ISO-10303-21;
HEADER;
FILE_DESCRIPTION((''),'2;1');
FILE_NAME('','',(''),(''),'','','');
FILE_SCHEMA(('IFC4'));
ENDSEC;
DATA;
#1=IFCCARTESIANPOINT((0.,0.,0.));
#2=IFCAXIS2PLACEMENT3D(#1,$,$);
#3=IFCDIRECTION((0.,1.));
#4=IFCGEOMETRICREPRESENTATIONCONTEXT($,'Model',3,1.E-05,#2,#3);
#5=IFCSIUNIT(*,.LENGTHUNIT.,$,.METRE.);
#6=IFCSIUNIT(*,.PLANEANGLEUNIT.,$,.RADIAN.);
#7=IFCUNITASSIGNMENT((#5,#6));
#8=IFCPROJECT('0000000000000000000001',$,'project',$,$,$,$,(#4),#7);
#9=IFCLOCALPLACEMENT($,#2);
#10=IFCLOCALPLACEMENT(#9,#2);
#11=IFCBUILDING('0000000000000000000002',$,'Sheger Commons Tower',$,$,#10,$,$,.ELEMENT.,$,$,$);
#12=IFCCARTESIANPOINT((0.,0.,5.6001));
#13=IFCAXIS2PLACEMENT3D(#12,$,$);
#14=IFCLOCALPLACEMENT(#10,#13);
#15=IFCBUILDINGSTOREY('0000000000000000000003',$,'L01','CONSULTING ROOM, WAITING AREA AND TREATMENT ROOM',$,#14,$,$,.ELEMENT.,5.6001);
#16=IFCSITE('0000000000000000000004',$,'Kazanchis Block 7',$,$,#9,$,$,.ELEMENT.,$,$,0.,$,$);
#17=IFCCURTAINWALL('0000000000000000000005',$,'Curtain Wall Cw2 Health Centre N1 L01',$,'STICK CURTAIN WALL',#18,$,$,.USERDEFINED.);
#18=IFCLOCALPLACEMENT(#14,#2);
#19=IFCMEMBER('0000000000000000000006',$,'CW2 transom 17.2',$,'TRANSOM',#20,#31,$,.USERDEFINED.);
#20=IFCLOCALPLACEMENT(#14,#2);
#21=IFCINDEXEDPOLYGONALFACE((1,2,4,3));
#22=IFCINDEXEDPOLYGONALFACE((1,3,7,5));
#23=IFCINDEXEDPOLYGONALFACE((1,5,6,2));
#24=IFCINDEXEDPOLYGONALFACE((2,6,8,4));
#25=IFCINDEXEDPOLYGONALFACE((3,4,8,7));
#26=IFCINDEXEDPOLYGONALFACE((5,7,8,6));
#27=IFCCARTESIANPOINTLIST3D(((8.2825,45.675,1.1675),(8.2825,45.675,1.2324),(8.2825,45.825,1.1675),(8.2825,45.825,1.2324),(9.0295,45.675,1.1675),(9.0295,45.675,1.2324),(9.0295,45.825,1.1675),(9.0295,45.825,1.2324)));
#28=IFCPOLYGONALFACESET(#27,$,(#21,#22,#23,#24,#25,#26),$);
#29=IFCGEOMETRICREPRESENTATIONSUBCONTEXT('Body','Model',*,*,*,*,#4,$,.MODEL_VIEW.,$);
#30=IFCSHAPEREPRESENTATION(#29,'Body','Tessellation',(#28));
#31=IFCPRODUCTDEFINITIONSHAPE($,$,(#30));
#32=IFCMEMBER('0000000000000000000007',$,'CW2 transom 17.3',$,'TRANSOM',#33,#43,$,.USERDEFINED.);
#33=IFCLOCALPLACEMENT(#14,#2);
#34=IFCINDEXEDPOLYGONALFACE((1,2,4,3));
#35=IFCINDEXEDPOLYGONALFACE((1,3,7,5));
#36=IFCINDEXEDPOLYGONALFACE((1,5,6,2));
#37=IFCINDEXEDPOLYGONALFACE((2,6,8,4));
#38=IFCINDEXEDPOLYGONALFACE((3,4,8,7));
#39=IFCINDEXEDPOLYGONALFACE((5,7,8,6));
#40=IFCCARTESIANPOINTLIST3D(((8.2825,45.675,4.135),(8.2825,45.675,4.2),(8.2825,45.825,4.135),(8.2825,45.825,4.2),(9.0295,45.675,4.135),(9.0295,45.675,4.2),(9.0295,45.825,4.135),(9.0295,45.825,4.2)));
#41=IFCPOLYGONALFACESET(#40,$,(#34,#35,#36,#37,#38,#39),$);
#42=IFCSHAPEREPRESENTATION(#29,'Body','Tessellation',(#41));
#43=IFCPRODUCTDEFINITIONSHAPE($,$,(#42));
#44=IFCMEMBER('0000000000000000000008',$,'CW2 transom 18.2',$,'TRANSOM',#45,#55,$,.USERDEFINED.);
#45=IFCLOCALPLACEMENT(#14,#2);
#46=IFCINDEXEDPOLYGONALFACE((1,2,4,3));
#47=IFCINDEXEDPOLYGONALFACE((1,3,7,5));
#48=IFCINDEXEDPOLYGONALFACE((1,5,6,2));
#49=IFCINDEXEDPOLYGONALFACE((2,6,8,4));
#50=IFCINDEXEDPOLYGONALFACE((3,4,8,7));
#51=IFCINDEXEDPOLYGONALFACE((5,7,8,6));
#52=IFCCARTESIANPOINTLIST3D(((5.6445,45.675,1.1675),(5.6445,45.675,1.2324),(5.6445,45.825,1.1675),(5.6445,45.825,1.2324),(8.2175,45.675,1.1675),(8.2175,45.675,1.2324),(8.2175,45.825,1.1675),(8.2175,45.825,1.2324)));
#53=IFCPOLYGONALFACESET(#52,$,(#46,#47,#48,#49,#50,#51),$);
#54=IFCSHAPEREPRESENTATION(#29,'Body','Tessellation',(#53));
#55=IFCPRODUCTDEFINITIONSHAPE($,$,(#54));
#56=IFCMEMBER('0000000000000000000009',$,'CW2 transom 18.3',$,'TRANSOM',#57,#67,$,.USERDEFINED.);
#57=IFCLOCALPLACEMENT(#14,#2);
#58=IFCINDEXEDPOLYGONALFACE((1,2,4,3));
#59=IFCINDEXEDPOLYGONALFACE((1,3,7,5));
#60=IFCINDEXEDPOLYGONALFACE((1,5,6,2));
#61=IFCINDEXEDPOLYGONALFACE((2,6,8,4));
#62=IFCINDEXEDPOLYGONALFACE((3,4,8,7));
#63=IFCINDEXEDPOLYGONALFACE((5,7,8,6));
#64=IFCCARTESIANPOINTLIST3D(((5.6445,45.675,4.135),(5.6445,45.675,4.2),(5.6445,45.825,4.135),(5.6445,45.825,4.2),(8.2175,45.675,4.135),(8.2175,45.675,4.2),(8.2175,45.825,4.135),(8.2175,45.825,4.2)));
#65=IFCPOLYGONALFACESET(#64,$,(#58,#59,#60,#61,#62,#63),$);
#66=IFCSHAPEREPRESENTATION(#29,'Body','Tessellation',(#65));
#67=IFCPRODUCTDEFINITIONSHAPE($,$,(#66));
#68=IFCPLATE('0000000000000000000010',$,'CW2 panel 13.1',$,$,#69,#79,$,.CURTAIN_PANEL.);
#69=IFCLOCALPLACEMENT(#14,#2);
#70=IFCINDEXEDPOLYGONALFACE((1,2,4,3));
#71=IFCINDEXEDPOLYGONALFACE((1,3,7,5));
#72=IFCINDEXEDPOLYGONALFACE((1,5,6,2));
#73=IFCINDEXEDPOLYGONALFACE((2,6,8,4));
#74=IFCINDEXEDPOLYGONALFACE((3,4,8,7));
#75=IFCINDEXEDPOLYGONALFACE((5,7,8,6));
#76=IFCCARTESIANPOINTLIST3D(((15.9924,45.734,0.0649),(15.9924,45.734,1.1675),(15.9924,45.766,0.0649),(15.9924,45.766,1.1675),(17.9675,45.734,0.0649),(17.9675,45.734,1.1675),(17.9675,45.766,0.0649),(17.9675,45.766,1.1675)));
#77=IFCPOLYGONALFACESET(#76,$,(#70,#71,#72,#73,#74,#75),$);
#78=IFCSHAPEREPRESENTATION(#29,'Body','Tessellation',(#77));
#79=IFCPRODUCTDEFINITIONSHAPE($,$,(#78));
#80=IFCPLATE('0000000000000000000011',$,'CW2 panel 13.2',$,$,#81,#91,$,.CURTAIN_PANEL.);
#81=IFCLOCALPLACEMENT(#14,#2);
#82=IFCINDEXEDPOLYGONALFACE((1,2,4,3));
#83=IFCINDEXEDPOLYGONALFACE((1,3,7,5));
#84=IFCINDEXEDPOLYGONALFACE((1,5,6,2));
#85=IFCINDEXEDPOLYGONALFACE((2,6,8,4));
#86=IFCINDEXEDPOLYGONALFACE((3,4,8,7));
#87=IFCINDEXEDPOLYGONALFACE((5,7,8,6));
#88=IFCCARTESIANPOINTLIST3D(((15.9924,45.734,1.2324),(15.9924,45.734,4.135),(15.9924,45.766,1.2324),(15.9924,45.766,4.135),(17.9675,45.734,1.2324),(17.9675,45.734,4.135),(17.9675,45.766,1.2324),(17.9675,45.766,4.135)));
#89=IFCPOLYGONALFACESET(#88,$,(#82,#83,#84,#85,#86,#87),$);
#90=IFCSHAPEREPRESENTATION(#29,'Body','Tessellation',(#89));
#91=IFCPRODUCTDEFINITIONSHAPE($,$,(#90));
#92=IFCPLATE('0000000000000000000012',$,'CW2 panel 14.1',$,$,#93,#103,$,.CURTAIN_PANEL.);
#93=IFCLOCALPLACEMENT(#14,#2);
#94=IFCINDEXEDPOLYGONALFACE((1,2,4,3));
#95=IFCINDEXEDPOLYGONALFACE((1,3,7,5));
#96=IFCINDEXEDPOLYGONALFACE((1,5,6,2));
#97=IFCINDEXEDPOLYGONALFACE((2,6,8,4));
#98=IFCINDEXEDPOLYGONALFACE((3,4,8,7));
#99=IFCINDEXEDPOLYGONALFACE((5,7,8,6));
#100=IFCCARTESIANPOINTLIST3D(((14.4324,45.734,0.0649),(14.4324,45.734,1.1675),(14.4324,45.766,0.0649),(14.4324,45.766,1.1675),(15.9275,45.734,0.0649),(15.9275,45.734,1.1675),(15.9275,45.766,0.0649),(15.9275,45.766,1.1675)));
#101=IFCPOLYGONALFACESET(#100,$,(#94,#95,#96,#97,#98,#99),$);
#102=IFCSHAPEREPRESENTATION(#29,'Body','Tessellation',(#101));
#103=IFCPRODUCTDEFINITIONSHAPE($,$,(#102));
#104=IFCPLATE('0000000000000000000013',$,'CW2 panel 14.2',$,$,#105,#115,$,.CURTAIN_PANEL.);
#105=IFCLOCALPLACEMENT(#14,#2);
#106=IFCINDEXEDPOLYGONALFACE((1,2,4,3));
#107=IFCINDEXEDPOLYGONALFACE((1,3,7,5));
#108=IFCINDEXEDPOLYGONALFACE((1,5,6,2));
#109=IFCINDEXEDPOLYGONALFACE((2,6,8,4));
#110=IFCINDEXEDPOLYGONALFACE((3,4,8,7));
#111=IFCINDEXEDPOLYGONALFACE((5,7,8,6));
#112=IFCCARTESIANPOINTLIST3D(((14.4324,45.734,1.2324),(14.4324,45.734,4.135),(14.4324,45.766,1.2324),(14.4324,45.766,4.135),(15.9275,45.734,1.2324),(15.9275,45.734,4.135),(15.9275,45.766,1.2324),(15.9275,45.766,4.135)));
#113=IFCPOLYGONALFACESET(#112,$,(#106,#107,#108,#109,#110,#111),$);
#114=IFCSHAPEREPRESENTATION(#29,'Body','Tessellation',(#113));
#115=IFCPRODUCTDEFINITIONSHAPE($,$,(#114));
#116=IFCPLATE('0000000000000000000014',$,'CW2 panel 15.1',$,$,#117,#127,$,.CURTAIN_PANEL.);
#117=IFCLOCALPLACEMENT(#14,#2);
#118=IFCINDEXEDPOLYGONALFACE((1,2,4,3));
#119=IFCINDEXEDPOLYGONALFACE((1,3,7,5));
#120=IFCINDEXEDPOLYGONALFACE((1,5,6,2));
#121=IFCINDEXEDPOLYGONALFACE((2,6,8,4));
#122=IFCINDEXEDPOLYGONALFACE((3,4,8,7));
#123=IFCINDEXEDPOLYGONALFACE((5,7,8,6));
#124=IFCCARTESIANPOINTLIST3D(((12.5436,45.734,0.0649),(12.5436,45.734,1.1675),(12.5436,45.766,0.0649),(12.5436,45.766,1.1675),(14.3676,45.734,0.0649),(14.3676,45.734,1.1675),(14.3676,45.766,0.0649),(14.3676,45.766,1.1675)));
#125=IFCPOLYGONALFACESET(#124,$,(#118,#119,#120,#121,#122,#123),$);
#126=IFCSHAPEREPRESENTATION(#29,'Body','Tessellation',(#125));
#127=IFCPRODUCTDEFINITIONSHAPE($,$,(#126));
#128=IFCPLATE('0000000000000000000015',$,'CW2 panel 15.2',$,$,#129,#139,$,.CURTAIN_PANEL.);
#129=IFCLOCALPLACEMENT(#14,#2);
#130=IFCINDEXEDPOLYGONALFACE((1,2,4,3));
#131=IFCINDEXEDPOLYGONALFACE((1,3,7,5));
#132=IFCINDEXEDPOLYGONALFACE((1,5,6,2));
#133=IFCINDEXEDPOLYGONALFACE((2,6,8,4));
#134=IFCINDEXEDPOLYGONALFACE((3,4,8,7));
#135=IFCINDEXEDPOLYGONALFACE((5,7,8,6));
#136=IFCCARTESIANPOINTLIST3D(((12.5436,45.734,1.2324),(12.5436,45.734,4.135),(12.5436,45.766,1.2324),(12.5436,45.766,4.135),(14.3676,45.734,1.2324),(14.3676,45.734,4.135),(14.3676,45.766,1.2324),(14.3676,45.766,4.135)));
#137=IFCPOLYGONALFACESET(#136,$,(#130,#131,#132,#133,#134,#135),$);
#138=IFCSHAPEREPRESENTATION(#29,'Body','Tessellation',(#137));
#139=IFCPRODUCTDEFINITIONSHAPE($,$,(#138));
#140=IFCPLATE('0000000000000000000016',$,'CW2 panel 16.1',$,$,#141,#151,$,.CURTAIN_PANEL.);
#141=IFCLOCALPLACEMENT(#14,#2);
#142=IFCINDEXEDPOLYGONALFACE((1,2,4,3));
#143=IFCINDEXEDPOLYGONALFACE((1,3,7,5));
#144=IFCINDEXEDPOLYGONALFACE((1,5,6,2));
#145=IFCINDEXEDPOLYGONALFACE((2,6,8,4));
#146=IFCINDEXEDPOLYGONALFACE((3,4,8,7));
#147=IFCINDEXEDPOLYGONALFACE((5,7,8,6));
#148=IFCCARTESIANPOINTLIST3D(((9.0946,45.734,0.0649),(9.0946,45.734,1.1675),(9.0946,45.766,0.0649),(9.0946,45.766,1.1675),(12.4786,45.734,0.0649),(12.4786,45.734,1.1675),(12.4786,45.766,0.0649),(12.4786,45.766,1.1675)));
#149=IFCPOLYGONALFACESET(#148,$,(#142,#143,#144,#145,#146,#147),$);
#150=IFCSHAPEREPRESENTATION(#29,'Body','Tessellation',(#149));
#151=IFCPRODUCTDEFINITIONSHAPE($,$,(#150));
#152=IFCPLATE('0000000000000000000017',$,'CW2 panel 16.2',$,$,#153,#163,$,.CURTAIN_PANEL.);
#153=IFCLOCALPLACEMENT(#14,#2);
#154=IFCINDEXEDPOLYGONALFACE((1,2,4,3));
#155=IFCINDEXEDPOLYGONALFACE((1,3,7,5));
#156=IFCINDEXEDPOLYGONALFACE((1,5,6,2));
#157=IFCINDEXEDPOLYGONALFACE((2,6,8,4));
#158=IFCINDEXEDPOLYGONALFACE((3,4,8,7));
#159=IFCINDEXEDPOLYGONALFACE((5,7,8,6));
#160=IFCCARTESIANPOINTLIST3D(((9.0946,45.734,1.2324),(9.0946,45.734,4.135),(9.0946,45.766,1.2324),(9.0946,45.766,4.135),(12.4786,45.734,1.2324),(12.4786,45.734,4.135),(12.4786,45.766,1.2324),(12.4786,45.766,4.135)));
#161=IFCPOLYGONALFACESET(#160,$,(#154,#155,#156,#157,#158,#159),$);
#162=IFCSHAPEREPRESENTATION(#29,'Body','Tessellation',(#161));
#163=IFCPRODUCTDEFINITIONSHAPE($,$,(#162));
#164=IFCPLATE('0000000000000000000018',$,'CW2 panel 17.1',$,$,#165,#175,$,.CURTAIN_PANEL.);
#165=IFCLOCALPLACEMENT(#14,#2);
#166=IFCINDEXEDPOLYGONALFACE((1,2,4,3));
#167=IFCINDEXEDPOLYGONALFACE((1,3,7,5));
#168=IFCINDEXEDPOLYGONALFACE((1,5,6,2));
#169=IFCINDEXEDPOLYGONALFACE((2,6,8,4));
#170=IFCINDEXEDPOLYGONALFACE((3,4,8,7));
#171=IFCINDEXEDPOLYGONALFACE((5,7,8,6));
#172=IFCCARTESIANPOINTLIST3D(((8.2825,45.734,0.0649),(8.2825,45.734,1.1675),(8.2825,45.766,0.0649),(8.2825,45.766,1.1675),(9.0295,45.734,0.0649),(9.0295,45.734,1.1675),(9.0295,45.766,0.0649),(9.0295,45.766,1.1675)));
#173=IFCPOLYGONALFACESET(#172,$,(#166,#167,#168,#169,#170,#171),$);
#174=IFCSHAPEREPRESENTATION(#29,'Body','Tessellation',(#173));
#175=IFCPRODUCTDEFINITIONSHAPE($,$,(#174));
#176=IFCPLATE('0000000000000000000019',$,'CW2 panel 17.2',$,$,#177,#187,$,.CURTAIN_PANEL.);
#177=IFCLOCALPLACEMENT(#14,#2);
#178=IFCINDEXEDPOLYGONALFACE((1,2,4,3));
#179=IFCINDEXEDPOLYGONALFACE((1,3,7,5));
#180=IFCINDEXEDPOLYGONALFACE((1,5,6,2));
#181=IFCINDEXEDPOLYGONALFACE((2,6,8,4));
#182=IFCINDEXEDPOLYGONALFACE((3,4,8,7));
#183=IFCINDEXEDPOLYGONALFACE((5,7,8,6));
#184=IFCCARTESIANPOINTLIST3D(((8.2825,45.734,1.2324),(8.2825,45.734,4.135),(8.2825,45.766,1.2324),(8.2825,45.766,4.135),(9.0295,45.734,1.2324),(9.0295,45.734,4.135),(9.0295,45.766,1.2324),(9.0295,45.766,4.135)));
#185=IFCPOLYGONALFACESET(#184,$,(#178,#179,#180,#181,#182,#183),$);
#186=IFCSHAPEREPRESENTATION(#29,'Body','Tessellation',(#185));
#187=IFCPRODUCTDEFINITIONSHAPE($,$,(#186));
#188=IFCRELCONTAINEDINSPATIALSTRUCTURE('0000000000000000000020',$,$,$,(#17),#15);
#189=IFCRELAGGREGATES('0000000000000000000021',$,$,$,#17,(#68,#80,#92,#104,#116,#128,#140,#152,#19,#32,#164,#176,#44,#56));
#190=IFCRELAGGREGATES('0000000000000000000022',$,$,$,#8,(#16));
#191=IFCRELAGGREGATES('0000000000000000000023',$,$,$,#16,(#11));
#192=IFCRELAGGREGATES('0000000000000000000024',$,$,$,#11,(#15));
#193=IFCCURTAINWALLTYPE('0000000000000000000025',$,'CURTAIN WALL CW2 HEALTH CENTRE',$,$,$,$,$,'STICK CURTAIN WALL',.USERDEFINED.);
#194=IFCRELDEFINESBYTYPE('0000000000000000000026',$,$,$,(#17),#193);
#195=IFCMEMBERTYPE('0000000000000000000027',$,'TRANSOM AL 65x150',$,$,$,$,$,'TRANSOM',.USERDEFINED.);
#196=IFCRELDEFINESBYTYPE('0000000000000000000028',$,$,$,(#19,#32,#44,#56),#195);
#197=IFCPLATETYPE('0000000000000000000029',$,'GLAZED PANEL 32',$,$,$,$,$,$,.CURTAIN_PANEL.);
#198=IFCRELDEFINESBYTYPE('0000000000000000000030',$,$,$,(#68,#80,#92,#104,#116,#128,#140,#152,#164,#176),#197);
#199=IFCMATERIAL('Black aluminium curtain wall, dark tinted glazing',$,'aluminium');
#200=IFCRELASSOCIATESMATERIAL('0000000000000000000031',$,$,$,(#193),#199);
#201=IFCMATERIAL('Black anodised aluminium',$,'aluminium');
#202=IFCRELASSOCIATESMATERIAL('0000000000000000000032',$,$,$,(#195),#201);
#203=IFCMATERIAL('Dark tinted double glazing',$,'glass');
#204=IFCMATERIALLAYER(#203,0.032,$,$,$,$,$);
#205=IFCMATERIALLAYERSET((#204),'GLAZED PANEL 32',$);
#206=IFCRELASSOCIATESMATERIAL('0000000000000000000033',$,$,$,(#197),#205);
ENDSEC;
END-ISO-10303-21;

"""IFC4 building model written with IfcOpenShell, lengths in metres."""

from ifc_helpers import new_model, si_unit, direction, frame, origin, origin_2d, place, context, subcontext, project, spatial, rectangle, extrude, material, layer, layer_set, material_profile, profile_set, type_object, element, aggregate, save


model = new_model("IFC4")

# Units and contexts
model_context = context("Model", 3, precision=1e-05, world=origin(), true_north=direction((0.0, 1.0)))
body_context = subcontext(model_context, "Body", "Model", "MODEL_VIEW")
ifc_project = project(units=[si_unit("LENGTHUNIT", "METRE"), si_unit("PLANEANGLEUNIT", "RADIAN")], contexts=[model_context])

# Site, building, storey
site_placement = place(None, origin())
site = spatial("IfcSite", under=ifc_project, at=site_placement, Name="Kazanchis Block 7", CompositionType="ELEMENT", RefElevation=0.0)
building_placement = place(site_placement, origin())
building = spatial("IfcBuilding", under=site, at=building_placement, Name="Sheger Commons Tower", CompositionType="ELEMENT")
storey_placement = place(building_placement, frame((0.0, 0.0, 5.6001)))
storey = spatial("IfcBuildingStorey", under=building, at=storey_placement, Name="L01", Description="CONSULTING ROOM, WAITING AREA AND TREATMENT ROOM", CompositionType="ELEMENT", Elevation=5.6001)

# Curtain wall, members, plates
ifc_material_1 = material(Name="Black aluminium curtain wall, dark tinted glazing", Category="aluminium")
curtain_wall_type = type_object("IfcCurtainWallType", Name="CURTAIN WALL CW2 HEALTH CENTRE", ElementType="STICK CURTAIN WALL", PredefinedType="USERDEFINED", material=ifc_material_1)
curtain_wall_placement = place(storey_placement, origin())
curtain_wall = element("IfcCurtainWall", 1, at=curtain_wall_placement, inside=storey, type_object=curtain_wall_type, Name="Curtain Wall Cw2 Health Centre N1 L01", ObjectType="STICK CURTAIN WALL", PredefinedType="USERDEFINED")
ifc_material_2 = material(Name="Black anodised aluminium", Category="aluminium")
ifc_material_profile_1 = material_profile(ifc_material_2, rectangle(XDim=0.1499, YDim=0.0649, at=origin_2d()), Name="AL 65x150")
ifc_profile_set_1 = profile_set([ifc_material_profile_1], Name="Black anodised aluminium")
member_type_1 = type_object("IfcMemberType", Name="TRANSOM AL 65x150", ElementType="TRANSOM", PredefinedType="USERDEFINED", material=ifc_profile_set_1)
member_1_placement = place(storey_placement, frame((9.0295, 45.75, 1.2), z_axis=(-1.0, 0.0, 0.0), x_axis=(0.0, -1.0, 0.0)))
member_1 = element("IfcMember", 2, at=member_1_placement, type_object=member_type_1, Name="CW2 transom 17.2", ObjectType="TRANSOM", PredefinedType="USERDEFINED", context=body_context, shape_type="SweptSolid", body=[
    extrude(rectangle(XDim=0.1499, YDim=0.0649, at=origin_2d()), origin(), (0.0, 0.0, 1.0), 0.7471),
])
member_2_placement = place(storey_placement, frame((9.0295, 45.75, 4.1675), z_axis=(-1.0, 0.0, 0.0), x_axis=(0.0, -1.0, 0.0)))
member_2 = element("IfcMember", 3, at=member_2_placement, type_object=member_type_1, Name="CW2 transom 17.3", ObjectType="TRANSOM", PredefinedType="USERDEFINED", context=body_context, shape_type="SweptSolid", body=[
    extrude(rectangle(XDim=0.1499, YDim=0.0649, at=origin_2d()), origin(), (0.0, 0.0, 1.0), 0.7471),
])
member_3_placement = place(storey_placement, frame((8.2175, 45.75, 1.2), z_axis=(-1.0, 0.0, 0.0), x_axis=(0.0, -1.0, 0.0)))
member_3 = element("IfcMember", 4, at=member_3_placement, type_object=member_type_1, Name="CW2 transom 18.2", ObjectType="TRANSOM", PredefinedType="USERDEFINED", context=body_context, shape_type="SweptSolid", body=[
    extrude(rectangle(XDim=0.1499, YDim=0.0649, at=origin_2d()), origin(), (0.0, 0.0, 1.0), 2.573),
])
member_4_placement = place(storey_placement, frame((8.2175, 45.75, 4.1675), z_axis=(-1.0, 0.0, 0.0), x_axis=(0.0, -1.0, 0.0)))
member_4 = element("IfcMember", 5, at=member_4_placement, type_object=member_type_1, Name="CW2 transom 18.3", ObjectType="TRANSOM", PredefinedType="USERDEFINED", context=body_context, shape_type="SweptSolid", body=[
    extrude(rectangle(XDim=0.1499, YDim=0.0649, at=origin_2d()), origin(), (0.0, 0.0, 1.0), 2.573),
])
ifc_material_3 = material(Name="Dark tinted double glazing", Category="glass")
ifc_layer = layer(ifc_material_3, 0.032)
ifc_layer_set = layer_set([ifc_layer], Name="GLAZED PANEL 32")
plate_type = type_object("IfcPlateType", Name="GLAZED PANEL 32", PredefinedType="CURTAIN_PANEL", material=ifc_layer_set)
plate_1_placement = place(storey_placement, frame((16.98, 45.75, 0.0649), z_axis=(0.0, 0.0, 1.0), x_axis=(-1.0, 0.0, 0.0)))
plate_1 = element("IfcPlate", 6, at=plate_1_placement, type_object=plate_type, Name="CW2 panel 13.1", PredefinedType="CURTAIN_PANEL", context=body_context, shape_type="SweptSolid", body=[
    extrude(rectangle(XDim=1.9751, YDim=0.032, at=origin_2d()), origin(), (0.0, 0.0, 1.0), 1.1025),
])
plate_2_placement = place(storey_placement, frame((16.98, 45.75, 1.2324), z_axis=(0.0, 0.0, 1.0), x_axis=(-1.0, 0.0, 0.0)))
plate_2 = element("IfcPlate", 7, at=plate_2_placement, type_object=plate_type, Name="CW2 panel 13.2", PredefinedType="CURTAIN_PANEL", context=body_context, shape_type="SweptSolid", body=[
    extrude(rectangle(XDim=1.9751, YDim=0.032, at=origin_2d()), origin(), (0.0, 0.0, 1.0), 2.9026),
])
plate_3_placement = place(storey_placement, frame((15.1799, 45.75, 0.0649), z_axis=(0.0, 0.0, 1.0), x_axis=(-1.0, 0.0, 0.0)))
plate_3 = element("IfcPlate", 8, at=plate_3_placement, type_object=plate_type, Name="CW2 panel 14.1", PredefinedType="CURTAIN_PANEL", context=body_context, shape_type="SweptSolid", body=[
    extrude(rectangle(XDim=1.4951, YDim=0.032, at=origin_2d()), origin(), (0.0, 0.0, 1.0), 1.1025),
])
plate_4_placement = place(storey_placement, frame((15.1799, 45.75, 1.2324), z_axis=(0.0, 0.0, 1.0), x_axis=(-1.0, 0.0, 0.0)))
plate_4 = element("IfcPlate", 9, at=plate_4_placement, type_object=plate_type, Name="CW2 panel 14.2", PredefinedType="CURTAIN_PANEL", context=body_context, shape_type="SweptSolid", body=[
    extrude(rectangle(XDim=1.4951, YDim=0.032, at=origin_2d()), origin(), (0.0, 0.0, 1.0), 2.9026),
])
plate_5_placement = place(storey_placement, frame((13.4556, 45.75, 0.0649), z_axis=(0.0, 0.0, 1.0), x_axis=(-1.0, 0.0, 0.0)))
plate_5 = element("IfcPlate", 10, at=plate_5_placement, type_object=plate_type, Name="CW2 panel 15.1", PredefinedType="CURTAIN_PANEL", context=body_context, shape_type="SweptSolid", body=[
    extrude(rectangle(XDim=1.824, YDim=0.032, at=origin_2d()), origin(), (0.0, 0.0, 1.0), 1.1025),
])
plate_6_placement = place(storey_placement, frame((13.4556, 45.75, 1.2324), z_axis=(0.0, 0.0, 1.0), x_axis=(-1.0, 0.0, 0.0)))
plate_6 = element("IfcPlate", 11, at=plate_6_placement, type_object=plate_type, Name="CW2 panel 15.2", PredefinedType="CURTAIN_PANEL", context=body_context, shape_type="SweptSolid", body=[
    extrude(rectangle(XDim=1.824, YDim=0.032, at=origin_2d()), origin(), (0.0, 0.0, 1.0), 2.9026),
])
plate_7_placement = place(storey_placement, frame((10.7866, 45.75, 0.0649), z_axis=(0.0, 0.0, 1.0), x_axis=(-1.0, 0.0, 0.0)))
plate_7 = element("IfcPlate", 12, at=plate_7_placement, type_object=plate_type, Name="CW2 panel 16.1", PredefinedType="CURTAIN_PANEL", context=body_context, shape_type="SweptSolid", body=[
    extrude(rectangle(XDim=3.384, YDim=0.032, at=origin_2d()), origin(), (0.0, 0.0, 1.0), 1.1025),
])
plate_8_placement = place(storey_placement, frame((10.7866, 45.75, 1.2324), z_axis=(0.0, 0.0, 1.0), x_axis=(-1.0, 0.0, 0.0)))
plate_8 = element("IfcPlate", 13, at=plate_8_placement, type_object=plate_type, Name="CW2 panel 16.2", PredefinedType="CURTAIN_PANEL", context=body_context, shape_type="SweptSolid", body=[
    extrude(rectangle(XDim=3.384, YDim=0.032, at=origin_2d()), origin(), (0.0, 0.0, 1.0), 2.9026),
])
plate_9_placement = place(storey_placement, frame((8.656, 45.75, 0.0649), z_axis=(0.0, 0.0, 1.0), x_axis=(-1.0, 0.0, 0.0)))
plate_9 = element("IfcPlate", 14, at=plate_9_placement, type_object=plate_type, Name="CW2 panel 17.1", PredefinedType="CURTAIN_PANEL", context=body_context, shape_type="SweptSolid", body=[
    extrude(rectangle(XDim=0.7471, YDim=0.032, at=origin_2d()), origin(), (0.0, 0.0, 1.0), 1.1025),
])
plate_10_placement = place(storey_placement, frame((8.656, 45.75, 1.2324), z_axis=(0.0, 0.0, 1.0), x_axis=(-1.0, 0.0, 0.0)))
plate_10 = element("IfcPlate", 15, at=plate_10_placement, type_object=plate_type, Name="CW2 panel 17.2", PredefinedType="CURTAIN_PANEL", context=body_context, shape_type="SweptSolid", body=[
    extrude(rectangle(XDim=0.7471, YDim=0.032, at=origin_2d()), origin(), (0.0, 0.0, 1.0), 2.9026),
])
aggregate(curtain_wall, [plate_1, plate_2, plate_3, plate_4, plate_5, plate_6, plate_7, plate_8, member_1, member_2, plate_9, plate_10, member_3, member_4])

save(model, "model.ifc")
